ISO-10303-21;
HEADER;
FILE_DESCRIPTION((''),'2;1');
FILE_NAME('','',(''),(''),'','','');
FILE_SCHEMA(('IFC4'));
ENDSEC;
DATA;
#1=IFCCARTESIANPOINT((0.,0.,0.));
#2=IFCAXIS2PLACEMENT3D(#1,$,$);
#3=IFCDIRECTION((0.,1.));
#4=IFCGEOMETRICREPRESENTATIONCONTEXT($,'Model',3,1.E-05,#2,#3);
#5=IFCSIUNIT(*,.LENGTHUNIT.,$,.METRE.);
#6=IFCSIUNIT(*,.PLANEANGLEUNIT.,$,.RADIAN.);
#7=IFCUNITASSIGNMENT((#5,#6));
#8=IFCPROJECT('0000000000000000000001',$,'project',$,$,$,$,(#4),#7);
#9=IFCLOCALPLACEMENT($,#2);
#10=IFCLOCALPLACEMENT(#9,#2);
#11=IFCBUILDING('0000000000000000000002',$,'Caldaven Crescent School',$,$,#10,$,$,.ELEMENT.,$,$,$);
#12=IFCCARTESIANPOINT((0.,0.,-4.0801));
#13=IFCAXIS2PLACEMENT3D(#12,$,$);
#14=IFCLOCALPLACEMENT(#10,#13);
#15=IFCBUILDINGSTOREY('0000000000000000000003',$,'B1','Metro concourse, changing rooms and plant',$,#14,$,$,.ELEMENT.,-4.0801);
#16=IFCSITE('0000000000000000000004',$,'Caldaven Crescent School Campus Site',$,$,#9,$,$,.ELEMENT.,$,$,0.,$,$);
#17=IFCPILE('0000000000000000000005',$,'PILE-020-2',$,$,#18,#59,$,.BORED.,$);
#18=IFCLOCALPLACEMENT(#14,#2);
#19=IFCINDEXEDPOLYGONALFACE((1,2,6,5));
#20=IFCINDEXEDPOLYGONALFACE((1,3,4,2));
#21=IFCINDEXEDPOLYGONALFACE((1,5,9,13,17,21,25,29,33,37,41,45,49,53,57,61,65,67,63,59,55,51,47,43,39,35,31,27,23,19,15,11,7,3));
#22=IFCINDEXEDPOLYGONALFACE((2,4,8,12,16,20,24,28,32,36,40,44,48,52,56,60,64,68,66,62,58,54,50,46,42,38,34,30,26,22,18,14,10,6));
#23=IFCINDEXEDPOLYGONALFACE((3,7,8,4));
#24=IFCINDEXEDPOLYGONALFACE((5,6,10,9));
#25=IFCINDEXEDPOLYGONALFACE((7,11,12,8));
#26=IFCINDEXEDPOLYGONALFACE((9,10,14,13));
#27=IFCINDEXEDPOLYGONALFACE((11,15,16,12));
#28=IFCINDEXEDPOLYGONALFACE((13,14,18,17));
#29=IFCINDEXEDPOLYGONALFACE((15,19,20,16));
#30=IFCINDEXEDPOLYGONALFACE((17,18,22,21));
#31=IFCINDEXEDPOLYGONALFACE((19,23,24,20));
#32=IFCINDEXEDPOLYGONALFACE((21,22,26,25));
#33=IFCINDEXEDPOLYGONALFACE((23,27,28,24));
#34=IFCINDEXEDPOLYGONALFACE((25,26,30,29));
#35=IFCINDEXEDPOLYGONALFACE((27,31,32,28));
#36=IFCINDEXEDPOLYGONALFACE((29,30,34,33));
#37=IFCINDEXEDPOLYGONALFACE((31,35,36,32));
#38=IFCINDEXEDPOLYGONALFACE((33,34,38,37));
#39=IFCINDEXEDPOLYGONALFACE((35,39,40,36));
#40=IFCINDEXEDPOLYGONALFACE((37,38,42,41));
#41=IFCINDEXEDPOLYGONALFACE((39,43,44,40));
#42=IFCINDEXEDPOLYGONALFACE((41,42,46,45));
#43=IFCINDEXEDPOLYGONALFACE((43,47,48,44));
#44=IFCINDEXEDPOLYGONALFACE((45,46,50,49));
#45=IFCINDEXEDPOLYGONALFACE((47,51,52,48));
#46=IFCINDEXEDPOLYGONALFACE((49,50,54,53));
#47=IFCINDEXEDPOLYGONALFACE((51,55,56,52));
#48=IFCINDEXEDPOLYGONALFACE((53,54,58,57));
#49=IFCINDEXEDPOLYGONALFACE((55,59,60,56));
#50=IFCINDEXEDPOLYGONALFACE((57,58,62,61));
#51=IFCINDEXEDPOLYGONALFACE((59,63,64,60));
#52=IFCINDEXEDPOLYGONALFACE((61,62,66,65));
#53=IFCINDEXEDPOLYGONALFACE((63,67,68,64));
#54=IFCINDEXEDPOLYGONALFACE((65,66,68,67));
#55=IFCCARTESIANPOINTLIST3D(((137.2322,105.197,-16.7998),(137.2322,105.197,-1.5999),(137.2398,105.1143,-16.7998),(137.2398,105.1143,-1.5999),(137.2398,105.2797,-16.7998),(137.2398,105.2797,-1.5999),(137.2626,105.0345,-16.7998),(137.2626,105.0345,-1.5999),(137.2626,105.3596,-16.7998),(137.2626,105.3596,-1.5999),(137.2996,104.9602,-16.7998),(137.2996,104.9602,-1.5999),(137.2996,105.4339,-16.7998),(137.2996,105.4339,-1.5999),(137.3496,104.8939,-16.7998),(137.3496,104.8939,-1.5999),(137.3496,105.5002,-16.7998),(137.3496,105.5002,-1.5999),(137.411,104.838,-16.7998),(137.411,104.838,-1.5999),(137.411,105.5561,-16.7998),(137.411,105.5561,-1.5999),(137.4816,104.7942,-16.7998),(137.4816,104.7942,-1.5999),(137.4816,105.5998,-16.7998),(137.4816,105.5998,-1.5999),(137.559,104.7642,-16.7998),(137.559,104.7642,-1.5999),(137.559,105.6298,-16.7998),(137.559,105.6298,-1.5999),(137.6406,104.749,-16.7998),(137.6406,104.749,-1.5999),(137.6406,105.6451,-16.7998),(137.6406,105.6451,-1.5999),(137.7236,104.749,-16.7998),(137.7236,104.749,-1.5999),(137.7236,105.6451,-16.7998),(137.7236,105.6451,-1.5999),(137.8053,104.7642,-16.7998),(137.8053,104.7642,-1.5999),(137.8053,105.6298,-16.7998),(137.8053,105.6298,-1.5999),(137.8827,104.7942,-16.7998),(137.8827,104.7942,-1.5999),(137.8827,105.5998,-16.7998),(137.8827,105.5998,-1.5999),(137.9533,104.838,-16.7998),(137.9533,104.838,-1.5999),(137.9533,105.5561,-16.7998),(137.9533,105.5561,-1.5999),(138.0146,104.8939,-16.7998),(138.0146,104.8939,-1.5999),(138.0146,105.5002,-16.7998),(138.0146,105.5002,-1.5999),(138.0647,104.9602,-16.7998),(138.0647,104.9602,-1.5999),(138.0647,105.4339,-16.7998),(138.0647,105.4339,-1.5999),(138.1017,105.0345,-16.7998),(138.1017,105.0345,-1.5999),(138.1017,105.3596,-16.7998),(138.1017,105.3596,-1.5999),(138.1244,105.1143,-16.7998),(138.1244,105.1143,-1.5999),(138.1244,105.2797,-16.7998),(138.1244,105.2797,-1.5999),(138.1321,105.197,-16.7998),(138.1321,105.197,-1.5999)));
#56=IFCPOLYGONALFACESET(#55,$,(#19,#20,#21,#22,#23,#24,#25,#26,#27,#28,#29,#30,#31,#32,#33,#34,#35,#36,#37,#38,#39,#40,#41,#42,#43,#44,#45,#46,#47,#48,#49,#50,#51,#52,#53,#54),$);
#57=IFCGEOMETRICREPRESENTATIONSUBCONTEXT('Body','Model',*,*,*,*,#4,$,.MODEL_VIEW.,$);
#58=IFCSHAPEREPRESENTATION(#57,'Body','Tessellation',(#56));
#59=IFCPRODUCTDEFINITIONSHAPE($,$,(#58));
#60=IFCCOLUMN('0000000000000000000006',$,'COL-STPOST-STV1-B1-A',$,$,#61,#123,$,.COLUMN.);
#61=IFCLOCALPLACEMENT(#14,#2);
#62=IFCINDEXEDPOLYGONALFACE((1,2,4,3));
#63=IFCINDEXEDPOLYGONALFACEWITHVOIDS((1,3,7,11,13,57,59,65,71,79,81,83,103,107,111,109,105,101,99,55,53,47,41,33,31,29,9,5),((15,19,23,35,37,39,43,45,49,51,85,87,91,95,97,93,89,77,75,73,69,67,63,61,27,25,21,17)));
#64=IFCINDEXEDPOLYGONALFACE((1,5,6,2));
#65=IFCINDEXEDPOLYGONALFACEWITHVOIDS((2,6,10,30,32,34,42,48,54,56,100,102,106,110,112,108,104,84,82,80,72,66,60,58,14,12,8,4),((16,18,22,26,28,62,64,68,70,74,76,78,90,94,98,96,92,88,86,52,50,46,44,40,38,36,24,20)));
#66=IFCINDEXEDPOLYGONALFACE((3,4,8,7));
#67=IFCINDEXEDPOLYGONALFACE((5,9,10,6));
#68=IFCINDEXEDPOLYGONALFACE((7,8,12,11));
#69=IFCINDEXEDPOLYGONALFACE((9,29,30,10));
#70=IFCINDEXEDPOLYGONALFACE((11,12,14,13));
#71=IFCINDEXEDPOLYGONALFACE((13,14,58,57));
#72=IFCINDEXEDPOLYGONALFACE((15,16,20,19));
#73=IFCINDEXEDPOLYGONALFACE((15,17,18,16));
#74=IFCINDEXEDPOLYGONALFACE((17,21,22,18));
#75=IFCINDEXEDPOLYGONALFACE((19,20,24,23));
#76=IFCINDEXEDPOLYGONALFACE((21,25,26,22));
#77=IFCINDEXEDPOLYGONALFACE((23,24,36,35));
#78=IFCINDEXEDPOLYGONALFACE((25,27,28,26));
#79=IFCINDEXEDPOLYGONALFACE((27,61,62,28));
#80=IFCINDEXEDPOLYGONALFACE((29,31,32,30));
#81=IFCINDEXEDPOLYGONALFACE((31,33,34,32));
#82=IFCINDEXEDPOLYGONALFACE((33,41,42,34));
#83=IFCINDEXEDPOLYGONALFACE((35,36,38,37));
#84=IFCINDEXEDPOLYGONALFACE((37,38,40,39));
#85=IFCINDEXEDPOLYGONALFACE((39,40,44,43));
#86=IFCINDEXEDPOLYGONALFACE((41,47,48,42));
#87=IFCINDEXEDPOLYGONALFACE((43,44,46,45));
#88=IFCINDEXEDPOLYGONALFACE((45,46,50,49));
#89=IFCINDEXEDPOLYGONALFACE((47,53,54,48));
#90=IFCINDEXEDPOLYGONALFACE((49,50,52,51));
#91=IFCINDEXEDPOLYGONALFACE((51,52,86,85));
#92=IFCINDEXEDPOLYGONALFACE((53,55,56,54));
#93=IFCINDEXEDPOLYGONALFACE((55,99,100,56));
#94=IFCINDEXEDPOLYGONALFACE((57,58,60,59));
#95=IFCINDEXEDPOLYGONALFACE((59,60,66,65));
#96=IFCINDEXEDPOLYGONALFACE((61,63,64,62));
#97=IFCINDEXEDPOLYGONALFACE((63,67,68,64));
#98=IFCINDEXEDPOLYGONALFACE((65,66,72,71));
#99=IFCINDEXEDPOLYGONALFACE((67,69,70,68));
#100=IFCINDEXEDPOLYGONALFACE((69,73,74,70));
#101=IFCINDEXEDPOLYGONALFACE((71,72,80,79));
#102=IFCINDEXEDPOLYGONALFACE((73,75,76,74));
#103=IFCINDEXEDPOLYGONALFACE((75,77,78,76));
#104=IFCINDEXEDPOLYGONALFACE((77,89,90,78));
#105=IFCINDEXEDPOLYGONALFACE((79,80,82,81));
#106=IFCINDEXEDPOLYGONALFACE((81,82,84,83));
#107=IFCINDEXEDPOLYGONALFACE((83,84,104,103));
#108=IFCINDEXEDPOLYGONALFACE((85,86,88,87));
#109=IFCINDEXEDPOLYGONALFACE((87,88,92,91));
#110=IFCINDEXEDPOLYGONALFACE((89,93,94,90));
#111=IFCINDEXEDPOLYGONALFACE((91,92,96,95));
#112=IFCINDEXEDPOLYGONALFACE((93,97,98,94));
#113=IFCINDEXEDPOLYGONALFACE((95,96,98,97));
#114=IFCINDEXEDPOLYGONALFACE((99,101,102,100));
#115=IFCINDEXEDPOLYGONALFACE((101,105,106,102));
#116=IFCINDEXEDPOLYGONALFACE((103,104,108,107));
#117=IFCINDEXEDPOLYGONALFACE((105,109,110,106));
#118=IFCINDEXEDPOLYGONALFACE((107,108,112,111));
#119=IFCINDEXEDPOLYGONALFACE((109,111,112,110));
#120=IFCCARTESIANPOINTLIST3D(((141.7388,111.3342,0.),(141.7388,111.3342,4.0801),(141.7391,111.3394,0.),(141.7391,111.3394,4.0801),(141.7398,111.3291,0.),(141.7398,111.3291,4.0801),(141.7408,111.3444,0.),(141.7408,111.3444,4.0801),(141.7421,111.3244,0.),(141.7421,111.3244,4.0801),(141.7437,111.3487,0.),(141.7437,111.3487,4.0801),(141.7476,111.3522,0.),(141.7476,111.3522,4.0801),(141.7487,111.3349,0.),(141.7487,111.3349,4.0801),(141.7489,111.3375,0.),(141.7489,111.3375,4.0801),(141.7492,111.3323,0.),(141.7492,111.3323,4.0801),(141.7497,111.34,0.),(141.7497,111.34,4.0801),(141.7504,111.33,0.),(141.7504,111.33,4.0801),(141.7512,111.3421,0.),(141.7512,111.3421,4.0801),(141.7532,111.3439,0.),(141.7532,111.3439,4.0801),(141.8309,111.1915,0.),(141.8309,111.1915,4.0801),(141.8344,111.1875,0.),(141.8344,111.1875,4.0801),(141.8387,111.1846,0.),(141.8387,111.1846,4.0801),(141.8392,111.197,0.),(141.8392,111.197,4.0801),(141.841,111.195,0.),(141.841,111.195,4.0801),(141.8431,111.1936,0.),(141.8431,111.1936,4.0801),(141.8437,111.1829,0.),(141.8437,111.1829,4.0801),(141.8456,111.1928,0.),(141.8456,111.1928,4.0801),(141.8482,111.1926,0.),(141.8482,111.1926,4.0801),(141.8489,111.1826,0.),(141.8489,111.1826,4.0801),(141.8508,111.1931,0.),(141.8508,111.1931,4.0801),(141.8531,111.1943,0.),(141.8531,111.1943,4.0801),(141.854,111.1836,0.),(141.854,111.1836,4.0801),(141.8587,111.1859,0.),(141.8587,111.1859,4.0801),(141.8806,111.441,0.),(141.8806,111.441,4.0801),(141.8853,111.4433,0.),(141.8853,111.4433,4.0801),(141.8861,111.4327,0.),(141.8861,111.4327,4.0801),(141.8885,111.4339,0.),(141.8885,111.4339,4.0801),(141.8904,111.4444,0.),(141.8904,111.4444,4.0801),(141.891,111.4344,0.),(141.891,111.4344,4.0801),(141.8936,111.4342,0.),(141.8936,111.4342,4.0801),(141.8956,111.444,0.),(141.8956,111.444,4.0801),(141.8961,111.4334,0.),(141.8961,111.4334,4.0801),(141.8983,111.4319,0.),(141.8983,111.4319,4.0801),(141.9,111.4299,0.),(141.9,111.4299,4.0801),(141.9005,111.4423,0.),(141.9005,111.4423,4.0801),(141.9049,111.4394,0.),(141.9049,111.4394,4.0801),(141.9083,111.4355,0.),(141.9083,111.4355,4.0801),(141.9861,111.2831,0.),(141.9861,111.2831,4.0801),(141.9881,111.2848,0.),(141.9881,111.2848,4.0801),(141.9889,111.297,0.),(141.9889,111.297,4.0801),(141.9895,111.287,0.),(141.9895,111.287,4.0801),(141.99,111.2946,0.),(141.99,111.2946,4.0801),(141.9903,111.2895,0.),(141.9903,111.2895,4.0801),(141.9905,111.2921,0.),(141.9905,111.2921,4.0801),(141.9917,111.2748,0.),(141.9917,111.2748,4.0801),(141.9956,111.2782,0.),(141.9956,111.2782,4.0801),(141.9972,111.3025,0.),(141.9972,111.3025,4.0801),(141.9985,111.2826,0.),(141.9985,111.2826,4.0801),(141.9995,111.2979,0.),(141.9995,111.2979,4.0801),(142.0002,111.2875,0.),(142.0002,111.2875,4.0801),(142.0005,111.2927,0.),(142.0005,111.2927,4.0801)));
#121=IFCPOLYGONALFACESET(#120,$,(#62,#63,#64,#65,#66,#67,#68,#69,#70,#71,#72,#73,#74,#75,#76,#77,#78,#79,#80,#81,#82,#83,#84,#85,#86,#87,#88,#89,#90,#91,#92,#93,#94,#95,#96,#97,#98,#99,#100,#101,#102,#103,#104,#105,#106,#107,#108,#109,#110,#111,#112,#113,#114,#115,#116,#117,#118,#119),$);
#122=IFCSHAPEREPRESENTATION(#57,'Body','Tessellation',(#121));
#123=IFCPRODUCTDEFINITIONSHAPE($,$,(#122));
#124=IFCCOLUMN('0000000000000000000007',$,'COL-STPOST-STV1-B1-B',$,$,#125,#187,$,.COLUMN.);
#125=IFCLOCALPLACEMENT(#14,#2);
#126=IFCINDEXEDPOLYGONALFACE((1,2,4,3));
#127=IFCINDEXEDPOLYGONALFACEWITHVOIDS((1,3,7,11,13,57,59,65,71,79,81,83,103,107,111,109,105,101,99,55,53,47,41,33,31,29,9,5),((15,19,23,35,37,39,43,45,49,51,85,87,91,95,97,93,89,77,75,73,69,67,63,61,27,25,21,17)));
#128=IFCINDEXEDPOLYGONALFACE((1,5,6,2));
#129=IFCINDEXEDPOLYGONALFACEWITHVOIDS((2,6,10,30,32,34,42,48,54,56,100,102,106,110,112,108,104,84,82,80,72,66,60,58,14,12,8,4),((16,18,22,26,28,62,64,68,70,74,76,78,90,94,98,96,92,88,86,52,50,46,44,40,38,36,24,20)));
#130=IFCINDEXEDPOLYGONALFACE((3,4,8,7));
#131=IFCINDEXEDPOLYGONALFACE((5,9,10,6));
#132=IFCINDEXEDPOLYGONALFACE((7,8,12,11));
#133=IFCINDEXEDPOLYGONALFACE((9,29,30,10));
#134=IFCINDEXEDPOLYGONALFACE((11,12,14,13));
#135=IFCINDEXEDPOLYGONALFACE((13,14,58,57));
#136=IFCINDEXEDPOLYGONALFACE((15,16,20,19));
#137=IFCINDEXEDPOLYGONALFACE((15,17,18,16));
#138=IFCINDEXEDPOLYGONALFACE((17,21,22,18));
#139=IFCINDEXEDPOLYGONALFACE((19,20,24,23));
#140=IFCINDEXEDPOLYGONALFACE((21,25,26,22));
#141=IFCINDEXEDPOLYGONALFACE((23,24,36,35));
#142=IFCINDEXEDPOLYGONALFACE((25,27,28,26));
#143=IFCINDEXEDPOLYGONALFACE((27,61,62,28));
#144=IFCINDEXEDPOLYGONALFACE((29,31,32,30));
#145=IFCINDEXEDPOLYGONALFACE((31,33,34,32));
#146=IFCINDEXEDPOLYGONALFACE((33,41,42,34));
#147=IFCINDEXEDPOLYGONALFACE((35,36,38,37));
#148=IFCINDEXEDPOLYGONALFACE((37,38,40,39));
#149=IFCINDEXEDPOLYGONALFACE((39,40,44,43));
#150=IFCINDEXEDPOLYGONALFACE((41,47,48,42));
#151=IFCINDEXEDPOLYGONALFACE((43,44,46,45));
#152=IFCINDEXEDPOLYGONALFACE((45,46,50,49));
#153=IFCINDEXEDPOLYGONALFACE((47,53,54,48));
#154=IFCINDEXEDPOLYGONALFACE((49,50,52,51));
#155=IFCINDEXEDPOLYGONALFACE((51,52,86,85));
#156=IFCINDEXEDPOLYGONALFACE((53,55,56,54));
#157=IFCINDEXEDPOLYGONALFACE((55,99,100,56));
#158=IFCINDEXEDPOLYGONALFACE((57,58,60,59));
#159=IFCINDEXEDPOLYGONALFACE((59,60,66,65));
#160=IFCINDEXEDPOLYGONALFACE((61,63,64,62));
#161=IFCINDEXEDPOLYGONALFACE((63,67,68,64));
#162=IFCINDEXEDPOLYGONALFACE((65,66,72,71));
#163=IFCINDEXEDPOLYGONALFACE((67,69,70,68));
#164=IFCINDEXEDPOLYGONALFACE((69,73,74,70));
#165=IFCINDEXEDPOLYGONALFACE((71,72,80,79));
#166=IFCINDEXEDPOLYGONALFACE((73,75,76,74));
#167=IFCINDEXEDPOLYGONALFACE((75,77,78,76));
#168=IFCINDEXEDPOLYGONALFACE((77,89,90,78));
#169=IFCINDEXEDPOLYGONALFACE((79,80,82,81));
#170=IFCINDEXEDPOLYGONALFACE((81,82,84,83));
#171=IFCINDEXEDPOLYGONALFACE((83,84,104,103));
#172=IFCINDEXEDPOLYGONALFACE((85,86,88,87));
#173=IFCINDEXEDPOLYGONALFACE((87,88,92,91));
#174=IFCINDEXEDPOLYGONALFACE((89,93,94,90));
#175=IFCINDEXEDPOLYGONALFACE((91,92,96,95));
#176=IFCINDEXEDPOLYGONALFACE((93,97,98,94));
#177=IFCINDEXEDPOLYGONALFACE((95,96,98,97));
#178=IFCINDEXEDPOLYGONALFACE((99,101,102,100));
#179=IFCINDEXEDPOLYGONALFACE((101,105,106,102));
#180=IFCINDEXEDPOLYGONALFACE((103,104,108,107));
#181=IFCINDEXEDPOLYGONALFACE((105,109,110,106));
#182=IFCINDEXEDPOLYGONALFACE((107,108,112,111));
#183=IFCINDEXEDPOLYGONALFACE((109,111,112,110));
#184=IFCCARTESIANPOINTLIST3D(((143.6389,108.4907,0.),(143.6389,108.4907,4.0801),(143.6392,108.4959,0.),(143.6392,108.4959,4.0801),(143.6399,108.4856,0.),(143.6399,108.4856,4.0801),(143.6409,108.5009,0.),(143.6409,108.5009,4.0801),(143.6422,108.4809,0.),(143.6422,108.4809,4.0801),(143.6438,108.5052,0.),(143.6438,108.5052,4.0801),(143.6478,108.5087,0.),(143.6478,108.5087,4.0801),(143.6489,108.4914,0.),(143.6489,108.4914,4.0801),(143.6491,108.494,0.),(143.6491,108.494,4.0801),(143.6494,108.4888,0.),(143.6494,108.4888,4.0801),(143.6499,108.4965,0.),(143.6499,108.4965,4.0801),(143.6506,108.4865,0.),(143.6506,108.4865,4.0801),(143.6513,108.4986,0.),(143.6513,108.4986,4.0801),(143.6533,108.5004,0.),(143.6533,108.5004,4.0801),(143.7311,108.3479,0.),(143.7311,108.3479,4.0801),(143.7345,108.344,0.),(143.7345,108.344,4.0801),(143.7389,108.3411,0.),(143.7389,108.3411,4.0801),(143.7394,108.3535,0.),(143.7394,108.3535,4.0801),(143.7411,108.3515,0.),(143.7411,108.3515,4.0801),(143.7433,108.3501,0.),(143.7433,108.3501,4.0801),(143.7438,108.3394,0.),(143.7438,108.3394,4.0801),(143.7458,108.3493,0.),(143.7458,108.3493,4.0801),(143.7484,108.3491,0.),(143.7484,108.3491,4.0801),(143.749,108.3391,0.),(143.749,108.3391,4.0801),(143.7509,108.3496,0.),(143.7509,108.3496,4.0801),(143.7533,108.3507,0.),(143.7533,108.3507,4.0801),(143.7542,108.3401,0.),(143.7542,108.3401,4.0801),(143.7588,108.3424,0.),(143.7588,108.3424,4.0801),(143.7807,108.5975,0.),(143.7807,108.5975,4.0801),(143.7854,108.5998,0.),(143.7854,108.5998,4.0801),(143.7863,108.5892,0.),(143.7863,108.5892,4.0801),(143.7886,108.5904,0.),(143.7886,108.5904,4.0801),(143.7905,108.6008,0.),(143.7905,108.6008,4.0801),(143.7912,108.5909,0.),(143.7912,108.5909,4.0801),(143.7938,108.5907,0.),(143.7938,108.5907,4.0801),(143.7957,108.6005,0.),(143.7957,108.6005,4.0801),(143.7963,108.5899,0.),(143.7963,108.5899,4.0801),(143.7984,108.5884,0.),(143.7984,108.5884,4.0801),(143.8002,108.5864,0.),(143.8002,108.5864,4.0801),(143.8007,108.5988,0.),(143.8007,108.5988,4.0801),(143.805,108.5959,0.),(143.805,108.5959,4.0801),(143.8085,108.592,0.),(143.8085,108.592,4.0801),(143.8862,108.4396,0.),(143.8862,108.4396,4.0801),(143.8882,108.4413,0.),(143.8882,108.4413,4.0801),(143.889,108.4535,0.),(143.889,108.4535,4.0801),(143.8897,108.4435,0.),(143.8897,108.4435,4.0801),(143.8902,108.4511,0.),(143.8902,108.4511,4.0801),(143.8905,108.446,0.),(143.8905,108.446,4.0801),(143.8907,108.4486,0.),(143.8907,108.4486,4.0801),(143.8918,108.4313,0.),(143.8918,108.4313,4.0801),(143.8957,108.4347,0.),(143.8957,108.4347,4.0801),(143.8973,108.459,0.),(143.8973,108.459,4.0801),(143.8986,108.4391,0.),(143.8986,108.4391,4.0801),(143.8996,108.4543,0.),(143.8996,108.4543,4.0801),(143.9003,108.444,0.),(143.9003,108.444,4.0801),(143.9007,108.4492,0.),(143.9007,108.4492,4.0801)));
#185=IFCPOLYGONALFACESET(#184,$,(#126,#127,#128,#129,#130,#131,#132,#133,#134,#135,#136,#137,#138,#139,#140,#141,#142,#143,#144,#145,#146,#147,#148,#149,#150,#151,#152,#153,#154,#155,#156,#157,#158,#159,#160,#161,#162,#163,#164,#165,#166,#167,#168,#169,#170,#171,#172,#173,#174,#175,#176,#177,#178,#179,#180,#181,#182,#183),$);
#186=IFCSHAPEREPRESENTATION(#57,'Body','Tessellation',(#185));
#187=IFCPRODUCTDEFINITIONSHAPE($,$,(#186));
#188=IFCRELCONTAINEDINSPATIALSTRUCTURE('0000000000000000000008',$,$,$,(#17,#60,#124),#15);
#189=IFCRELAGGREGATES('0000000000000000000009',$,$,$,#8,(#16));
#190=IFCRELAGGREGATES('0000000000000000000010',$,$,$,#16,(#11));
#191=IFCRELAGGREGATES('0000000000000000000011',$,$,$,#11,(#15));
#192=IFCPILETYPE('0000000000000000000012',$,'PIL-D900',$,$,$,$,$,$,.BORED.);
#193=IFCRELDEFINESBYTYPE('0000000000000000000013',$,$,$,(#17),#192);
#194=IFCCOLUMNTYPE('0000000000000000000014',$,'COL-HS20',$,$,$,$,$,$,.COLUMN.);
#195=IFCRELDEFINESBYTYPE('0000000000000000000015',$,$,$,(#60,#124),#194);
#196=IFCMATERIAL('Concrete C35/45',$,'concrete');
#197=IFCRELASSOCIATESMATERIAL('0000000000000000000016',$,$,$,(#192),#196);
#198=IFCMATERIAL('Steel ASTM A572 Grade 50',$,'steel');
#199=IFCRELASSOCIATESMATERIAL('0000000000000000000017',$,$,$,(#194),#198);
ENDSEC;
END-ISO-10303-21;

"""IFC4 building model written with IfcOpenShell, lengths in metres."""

from ifc_helpers import new_model, si_unit, direction, frame, origin, origin_2d, place, context, subcontext, project, spatial, hollow_rectangle, circle, extrude, material, material_profile, profile_set, type_object, element, save


model = new_model("IFC4")

# Units and contexts
model_context = context("Model", 3, precision=1e-05, world=origin(), true_north=direction((0.0, 1.0)))
body_context = subcontext(model_context, "Body", "Model", "MODEL_VIEW")
ifc_project = project(units=[si_unit("LENGTHUNIT", "METRE"), si_unit("PLANEANGLEUNIT", "RADIAN")], contexts=[model_context])

# Site, building, storey
site_placement = place(None, origin())
site = spatial("IfcSite", under=ifc_project, at=site_placement, Name="Caldaven Crescent School Campus Site", CompositionType="ELEMENT", RefElevation=0.0)
building_placement = place(site_placement, origin())
building = spatial("IfcBuilding", under=site, at=building_placement, Name="Caldaven Crescent School", CompositionType="ELEMENT")
storey_placement = place(building_placement, frame((0.0, 0.0, -4.0801)))
storey = spatial("IfcBuildingStorey", under=building, at=storey_placement, Name="B1", Description="Metro concourse, changing rooms and plant", CompositionType="ELEMENT", Elevation=-4.0801)

# Shared definitions
ifc_material_1 = material(Name="Concrete C35/45", Category="concrete")

# Pile
ifc_material_profile_1 = material_profile(ifc_material_1, circle(Radius=0.45, at=origin_2d()), Name="PILE D900")
ifc_profile_set_1 = profile_set([ifc_material_profile_1], Name="Concrete C35/45")
pile_type_1 = type_object("IfcPileType", Name="PIL-D900", PredefinedType="BORED", material=ifc_profile_set_1)
for number, where, z_axis, x_axis, name in (
    (1, (137.6821, 105.197, -1.5999), (0.0, 0.0, -1.0), (1.0, 0.0, 0.0), "PILE-020-2"),
):
    element("IfcPile", number, at=place(storey_placement, frame(where, z_axis=z_axis, x_axis=x_axis)), inside=storey, type_object=pile_type_1, Name=name, PredefinedType="BORED", context=body_context, shape_type="SweptSolid", body=[
        extrude(circle(Radius=0.45, at=origin_2d()), origin(), (0.0, 0.0, 1.0), 15.2),
    ])

# Columns
ifc_material_2 = material(Name="Steel ASTM A572 Grade 50", Category="steel")
ifc_material_profile_2 = material_profile(ifc_material_2, hollow_rectangle(XDim=0.2, YDim=0.2, WallThickness=0.01, InnerFilletRadius=0.01, OuterFilletRadius=0.02, at=origin_2d()), Name="HSS 200x200x10")
ifc_profile_set_2 = profile_set([ifc_material_profile_2], Name="Steel ASTM A572 Grade 50")
column_type_1 = type_object("IfcColumnType", Name="COL-HS20", PredefinedType="COLUMN", material=ifc_profile_set_2)
for number, where, z_axis, x_axis, name in (
    (2, (141.8696, 111.3135, 0.0), (0.0, 0.0, 1.0), (-0.83147, -0.55557, 0.0), "COL-STPOST-STV1-B1-A"),
    (3, (143.7698, 108.47, 0.0), (0.0, 0.0, 1.0), (-0.83147, -0.55557, 0.0), "COL-STPOST-STV1-B1-B"),
):
    element("IfcColumn", number, at=place(storey_placement, frame(where, z_axis=z_axis, x_axis=x_axis)), inside=storey, type_object=column_type_1, Name=name, PredefinedType="COLUMN", context=body_context, shape_type="SweptSolid", body=[
        extrude(hollow_rectangle(XDim=0.2, YDim=0.2, WallThickness=0.01, InnerFilletRadius=0.01, OuterFilletRadius=0.02, at=origin_2d()), origin(), (0.0, 0.0, 1.0), 4.0801),
    ])

save(model, "model.ifc")
